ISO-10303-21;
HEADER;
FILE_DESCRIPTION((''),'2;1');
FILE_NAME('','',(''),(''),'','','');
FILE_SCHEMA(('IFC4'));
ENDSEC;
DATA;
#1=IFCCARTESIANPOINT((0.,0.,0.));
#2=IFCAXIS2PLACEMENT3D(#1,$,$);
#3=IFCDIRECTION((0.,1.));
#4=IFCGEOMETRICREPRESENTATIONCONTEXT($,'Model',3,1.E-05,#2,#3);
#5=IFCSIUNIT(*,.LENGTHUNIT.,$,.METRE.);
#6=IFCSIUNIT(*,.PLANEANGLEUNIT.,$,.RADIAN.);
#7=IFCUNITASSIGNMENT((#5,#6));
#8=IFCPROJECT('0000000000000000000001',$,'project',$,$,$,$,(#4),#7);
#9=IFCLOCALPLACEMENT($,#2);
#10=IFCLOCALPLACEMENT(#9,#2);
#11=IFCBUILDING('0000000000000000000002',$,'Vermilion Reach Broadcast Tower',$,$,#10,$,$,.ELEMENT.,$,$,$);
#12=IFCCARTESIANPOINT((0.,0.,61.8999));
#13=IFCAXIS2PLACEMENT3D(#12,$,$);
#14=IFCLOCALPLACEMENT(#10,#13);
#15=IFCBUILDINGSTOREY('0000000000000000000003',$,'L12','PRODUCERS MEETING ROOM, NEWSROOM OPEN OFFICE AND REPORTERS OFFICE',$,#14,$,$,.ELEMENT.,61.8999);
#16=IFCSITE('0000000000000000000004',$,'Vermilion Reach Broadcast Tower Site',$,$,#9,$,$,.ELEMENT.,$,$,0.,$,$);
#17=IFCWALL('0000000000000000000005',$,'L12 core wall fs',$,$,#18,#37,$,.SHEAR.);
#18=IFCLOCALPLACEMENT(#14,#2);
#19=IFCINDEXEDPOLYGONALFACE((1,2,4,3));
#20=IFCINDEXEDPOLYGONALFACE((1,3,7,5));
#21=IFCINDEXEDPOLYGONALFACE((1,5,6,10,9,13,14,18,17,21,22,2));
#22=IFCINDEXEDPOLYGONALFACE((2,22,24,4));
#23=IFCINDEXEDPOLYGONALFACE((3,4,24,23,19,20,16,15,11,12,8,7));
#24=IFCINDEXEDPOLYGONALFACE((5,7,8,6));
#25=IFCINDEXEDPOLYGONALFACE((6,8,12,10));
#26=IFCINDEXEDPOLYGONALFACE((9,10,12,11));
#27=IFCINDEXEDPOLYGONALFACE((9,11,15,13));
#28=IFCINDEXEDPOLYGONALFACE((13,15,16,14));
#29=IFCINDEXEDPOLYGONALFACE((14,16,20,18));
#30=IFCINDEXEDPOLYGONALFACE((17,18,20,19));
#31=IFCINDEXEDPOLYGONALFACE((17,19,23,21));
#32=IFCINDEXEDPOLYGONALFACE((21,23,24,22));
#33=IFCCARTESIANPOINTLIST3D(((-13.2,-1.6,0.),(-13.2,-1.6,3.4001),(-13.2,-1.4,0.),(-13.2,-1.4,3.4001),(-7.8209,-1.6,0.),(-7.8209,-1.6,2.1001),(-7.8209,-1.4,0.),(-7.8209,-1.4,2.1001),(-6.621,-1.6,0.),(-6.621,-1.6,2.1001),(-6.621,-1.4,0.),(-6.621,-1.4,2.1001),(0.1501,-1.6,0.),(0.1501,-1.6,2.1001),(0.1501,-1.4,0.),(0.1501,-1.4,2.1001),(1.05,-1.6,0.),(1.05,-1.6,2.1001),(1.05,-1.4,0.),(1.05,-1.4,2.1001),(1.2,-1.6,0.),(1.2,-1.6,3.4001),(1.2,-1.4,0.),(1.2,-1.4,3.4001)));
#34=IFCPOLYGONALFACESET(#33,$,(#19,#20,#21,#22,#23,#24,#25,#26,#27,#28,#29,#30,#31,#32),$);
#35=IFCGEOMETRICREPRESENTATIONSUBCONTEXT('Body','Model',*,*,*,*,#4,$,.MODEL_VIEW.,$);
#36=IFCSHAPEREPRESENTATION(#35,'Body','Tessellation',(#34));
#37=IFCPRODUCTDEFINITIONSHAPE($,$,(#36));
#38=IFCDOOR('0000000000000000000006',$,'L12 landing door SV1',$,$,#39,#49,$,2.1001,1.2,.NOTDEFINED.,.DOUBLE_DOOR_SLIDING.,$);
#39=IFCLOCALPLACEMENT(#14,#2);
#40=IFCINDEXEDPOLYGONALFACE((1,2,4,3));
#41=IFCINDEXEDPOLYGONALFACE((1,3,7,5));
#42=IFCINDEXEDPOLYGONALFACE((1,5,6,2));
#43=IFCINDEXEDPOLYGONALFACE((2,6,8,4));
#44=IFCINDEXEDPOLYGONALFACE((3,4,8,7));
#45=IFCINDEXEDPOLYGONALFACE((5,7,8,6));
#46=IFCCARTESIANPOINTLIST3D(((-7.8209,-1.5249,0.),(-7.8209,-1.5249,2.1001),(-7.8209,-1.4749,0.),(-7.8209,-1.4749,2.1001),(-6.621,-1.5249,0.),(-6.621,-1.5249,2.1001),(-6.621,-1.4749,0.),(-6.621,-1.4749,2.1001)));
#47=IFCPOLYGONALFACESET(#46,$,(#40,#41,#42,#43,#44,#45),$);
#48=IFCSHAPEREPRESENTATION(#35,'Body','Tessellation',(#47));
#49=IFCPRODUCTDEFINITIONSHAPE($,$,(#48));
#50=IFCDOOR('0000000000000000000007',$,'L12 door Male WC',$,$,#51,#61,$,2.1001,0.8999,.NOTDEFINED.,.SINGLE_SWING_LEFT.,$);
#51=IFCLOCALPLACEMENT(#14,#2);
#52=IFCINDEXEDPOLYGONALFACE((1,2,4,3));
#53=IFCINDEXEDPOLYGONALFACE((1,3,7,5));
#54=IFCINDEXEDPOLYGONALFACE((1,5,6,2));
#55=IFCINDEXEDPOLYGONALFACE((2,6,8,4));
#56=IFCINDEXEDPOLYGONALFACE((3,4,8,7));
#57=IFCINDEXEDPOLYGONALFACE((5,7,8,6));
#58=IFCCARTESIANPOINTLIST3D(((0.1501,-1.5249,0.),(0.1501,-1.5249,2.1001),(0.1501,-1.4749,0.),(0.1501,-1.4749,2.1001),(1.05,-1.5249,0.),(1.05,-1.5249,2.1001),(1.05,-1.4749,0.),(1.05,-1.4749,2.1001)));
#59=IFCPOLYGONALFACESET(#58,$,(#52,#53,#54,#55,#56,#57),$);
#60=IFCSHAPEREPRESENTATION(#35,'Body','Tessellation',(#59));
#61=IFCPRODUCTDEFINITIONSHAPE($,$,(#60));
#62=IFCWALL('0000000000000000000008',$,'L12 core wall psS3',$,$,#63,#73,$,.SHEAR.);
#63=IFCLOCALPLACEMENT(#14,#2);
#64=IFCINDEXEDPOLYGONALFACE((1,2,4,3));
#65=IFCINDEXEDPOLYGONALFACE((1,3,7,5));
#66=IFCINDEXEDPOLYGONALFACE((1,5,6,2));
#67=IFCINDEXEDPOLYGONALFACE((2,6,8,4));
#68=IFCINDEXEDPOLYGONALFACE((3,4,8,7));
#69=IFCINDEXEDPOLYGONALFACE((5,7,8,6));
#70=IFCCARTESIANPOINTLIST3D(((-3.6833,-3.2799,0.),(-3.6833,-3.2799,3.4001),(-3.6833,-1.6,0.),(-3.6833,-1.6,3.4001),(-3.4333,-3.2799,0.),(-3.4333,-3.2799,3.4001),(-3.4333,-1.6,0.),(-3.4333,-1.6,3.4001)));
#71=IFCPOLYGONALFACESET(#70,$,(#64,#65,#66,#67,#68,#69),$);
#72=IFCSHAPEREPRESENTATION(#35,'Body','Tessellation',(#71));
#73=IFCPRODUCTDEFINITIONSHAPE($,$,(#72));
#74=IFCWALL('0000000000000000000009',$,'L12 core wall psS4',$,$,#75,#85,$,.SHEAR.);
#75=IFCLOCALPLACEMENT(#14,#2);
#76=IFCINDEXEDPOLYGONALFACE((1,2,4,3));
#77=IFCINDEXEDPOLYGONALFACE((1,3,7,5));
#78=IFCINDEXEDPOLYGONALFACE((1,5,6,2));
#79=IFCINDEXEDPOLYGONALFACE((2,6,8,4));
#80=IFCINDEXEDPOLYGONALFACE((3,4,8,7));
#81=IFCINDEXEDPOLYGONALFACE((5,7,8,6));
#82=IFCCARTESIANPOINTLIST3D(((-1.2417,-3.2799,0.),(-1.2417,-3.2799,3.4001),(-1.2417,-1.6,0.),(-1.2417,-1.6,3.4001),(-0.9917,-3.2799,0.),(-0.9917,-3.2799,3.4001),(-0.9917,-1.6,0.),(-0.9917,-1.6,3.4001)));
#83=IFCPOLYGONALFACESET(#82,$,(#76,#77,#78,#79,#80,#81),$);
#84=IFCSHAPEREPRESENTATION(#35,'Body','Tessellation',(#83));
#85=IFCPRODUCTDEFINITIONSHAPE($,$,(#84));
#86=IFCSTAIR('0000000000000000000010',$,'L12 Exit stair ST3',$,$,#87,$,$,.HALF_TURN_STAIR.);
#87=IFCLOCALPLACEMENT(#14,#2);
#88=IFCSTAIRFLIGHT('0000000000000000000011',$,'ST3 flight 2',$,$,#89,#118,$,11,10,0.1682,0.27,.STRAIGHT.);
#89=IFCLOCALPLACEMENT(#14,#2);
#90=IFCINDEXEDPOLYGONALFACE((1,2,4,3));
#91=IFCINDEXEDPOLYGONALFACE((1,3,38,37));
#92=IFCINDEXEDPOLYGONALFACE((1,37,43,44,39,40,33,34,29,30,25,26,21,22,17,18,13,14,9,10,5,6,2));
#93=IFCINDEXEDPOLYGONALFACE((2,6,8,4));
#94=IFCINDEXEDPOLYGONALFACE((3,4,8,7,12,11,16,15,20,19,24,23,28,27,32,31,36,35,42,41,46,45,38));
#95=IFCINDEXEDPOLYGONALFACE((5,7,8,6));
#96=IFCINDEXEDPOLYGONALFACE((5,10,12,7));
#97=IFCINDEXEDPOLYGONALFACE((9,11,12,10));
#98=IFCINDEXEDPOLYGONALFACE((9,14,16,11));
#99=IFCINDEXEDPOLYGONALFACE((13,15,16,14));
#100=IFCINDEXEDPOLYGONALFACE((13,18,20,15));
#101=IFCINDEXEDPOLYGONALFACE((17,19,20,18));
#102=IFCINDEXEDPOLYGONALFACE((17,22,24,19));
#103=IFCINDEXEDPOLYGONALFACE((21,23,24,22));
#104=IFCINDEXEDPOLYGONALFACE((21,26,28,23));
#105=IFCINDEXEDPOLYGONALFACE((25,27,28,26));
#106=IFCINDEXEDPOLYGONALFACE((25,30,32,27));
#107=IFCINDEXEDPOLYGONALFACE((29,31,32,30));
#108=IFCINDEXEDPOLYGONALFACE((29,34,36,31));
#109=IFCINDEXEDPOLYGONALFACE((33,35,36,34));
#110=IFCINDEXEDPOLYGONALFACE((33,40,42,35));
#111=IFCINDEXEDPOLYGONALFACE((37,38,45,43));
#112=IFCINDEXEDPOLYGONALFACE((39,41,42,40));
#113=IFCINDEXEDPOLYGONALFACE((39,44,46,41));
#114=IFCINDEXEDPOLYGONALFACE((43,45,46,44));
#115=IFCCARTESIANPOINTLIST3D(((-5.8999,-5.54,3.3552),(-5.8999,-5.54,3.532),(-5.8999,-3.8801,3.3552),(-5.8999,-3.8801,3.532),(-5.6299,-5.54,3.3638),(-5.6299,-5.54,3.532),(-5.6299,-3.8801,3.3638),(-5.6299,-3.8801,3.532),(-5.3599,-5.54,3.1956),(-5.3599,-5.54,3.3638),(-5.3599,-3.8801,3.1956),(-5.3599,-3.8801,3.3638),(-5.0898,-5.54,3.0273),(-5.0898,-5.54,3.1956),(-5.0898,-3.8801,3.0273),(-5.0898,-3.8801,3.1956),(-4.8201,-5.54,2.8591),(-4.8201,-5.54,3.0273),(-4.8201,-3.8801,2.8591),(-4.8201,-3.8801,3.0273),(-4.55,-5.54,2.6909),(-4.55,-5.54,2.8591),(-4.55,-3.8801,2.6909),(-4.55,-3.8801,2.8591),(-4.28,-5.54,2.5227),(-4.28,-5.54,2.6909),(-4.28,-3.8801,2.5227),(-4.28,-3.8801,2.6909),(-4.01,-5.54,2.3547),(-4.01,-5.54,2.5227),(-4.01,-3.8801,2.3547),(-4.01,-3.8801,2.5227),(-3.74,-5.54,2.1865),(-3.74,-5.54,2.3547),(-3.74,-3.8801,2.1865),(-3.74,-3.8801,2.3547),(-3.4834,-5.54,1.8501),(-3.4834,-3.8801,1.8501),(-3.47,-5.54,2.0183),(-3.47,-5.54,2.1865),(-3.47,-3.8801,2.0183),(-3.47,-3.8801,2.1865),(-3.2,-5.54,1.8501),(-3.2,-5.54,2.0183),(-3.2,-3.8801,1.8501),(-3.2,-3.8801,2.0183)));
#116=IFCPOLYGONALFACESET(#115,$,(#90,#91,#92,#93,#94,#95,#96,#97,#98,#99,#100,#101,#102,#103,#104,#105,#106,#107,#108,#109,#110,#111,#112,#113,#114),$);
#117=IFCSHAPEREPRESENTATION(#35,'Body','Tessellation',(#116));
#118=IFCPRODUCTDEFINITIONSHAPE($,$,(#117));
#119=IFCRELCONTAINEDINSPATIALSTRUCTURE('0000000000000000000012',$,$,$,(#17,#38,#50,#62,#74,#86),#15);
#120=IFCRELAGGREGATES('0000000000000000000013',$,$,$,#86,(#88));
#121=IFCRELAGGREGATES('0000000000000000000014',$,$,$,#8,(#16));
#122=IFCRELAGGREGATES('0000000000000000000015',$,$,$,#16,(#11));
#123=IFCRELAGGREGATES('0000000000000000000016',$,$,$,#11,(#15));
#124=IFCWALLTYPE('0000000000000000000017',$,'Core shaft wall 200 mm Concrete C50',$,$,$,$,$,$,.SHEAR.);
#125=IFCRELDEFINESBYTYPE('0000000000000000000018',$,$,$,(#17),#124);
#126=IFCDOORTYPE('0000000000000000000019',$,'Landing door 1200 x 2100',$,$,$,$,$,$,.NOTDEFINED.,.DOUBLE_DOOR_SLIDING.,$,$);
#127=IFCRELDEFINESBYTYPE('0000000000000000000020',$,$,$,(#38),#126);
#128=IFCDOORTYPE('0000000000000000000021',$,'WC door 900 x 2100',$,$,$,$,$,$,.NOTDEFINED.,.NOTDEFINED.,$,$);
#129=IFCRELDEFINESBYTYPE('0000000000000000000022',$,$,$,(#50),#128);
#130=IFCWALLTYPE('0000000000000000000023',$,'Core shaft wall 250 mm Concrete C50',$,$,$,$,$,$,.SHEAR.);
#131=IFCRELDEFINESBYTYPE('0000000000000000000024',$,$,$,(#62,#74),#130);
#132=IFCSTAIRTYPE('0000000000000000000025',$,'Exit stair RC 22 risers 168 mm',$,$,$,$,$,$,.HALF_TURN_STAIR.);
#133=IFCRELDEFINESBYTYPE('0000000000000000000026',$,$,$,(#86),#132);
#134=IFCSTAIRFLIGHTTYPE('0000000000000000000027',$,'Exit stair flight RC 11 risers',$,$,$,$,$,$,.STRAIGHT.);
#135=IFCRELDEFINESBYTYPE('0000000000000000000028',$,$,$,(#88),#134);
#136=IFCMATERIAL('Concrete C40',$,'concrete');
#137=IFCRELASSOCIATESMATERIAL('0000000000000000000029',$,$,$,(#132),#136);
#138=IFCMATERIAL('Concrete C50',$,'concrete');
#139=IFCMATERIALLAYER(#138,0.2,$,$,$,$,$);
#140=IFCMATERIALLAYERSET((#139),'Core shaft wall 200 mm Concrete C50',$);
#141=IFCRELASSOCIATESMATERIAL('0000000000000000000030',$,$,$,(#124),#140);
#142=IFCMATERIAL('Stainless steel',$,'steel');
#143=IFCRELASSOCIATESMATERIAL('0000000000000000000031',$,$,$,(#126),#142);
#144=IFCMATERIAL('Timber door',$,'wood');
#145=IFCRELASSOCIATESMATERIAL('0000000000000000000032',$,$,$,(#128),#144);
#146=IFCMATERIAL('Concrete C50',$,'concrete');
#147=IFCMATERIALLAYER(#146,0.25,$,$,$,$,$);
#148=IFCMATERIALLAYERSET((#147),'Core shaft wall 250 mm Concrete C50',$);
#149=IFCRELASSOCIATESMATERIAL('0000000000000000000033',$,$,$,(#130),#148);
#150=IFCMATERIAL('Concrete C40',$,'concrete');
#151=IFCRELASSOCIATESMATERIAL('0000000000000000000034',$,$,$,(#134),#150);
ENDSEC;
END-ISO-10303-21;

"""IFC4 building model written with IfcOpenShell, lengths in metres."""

from ifc_helpers import new_model, si_unit, direction, frame, frame_2d, origin, place, context, subcontext, project, spatial, polyline, rectangle, outline, extrude, material, layer, layer_set, type_object, element, fill, aggregate, save


model = new_model("IFC4")

# Units and contexts
model_context = context("Model", 3, precision=1e-05, world=origin(), true_north=direction((0.0, 1.0)))
body_context = subcontext(model_context, "Body", "Model", "MODEL_VIEW")
ifc_project = project(units=[si_unit("LENGTHUNIT", "METRE"), si_unit("PLANEANGLEUNIT", "RADIAN")], contexts=[model_context])

# Site, building, storey
site_placement = place(None, origin())
site = spatial("IfcSite", under=ifc_project, at=site_placement, Name="Vermilion Reach Broadcast Tower Site", CompositionType="ELEMENT", RefElevation=0.0)
building_placement = place(site_placement, origin())
building = spatial("IfcBuilding", under=site, at=building_placement, Name="Vermilion Reach Broadcast Tower", CompositionType="ELEMENT")
storey_placement = place(building_placement, frame((0.0, 0.0, 61.8999)))
storey = spatial("IfcBuildingStorey", under=building, at=storey_placement, Name="L12", Description="PRODUCERS MEETING ROOM, NEWSROOM OPEN OFFICE AND REPORTERS OFFICE", CompositionType="ELEMENT", Elevation=61.8999)

# Shared definitions
ifc_material_1 = material(Name="Concrete C40", Category="concrete")
stair_type = type_object("IfcStairType", Name="Exit stair RC 22 risers 168 mm", PredefinedType="HALF_TURN_STAIR", material=ifc_material_1)
placement_1 = place(storey_placement, origin())

# Wall, openings, doors
ifc_material_2 = material(Name="Concrete C50", Category="concrete")
ifc_layer_1 = layer(ifc_material_2, 0.2)
ifc_layer_set_1 = layer_set([ifc_layer_1], Name="Core shaft wall 200 mm Concrete C50")
wall_type_1 = type_object("IfcWallType", Name="Core shaft wall 200 mm Concrete C50", PredefinedType="SHEAR", material=ifc_layer_set_1)
wall_1_placement = place(storey_placement, frame((1.2, -1.5, 0.0), z_axis=(0.0, 0.0, 1.0), x_axis=(-1.0, 0.0, 0.0)))
wall_1 = element("IfcWall", 1, at=wall_1_placement, inside=storey, type_object=wall_type_1, Name="L12 core wall fs", PredefinedType="SHEAR", context=body_context, shape_type="SweptSolid", body=[
    extrude(rectangle(XDim=14.3999, YDim=0.2, at=frame_2d((7.2, 0.0))), origin(), (0.0, 0.0, 1.0), 3.4001),
])
opening_1_placement = place(wall_1_placement, frame((7.8208, 0.0, 0.0)))
opening_1 = element("IfcOpeningElement", 2, at=opening_1_placement, cuts=wall_1, PredefinedType="OPENING", context=body_context, shape_type="SweptSolid", body=[
    extrude(rectangle(XDim=1.2, YDim=2.1001, at=frame_2d((0.6001, 1.05))), frame((0.0, 0.1099, 0.0), z_axis=(0.0, -1.0, 0.0), x_axis=(1.0, 0.0, 0.0)), (0.0, 0.0, 1.0), 0.22),
])
opening_2_placement = place(wall_1_placement, frame((0.1499, 0.0, 0.0)))
opening_2 = element("IfcOpeningElement", 3, at=opening_2_placement, cuts=wall_1, PredefinedType="OPENING", context=body_context, shape_type="SweptSolid", body=[
    extrude(rectangle(XDim=0.8999, YDim=2.1001, at=frame_2d((0.45, 1.05))), frame((0.0, 0.1099, 0.0), z_axis=(0.0, -1.0, 0.0), x_axis=(1.0, 0.0, 0.0)), (0.0, 0.0, 1.0), 0.22),
])
ifc_material_3 = material(Name="Stainless steel", Category="steel")
door_type_1 = type_object("IfcDoorType", Name="Landing door 1200 x 2100", OperationType="DOUBLE_DOOR_SLIDING", PredefinedType="NOTDEFINED", material=ifc_material_3)
door_1_placement = place(opening_1_placement, origin())
door_1 = element("IfcDoor", 4, at=door_1_placement, inside=storey, type_object=door_type_1, Name="L12 landing door SV1", OperationType="DOUBLE_DOOR_SLIDING", OverallHeight=2.1001, OverallWidth=1.2, PredefinedType="NOTDEFINED", context=body_context, shape_type="SweptSolid", body=[
    extrude(rectangle(XDim=1.2, YDim=2.1001, at=frame_2d((0.6001, 1.05))), frame((0.0, 0.0249, 0.0), z_axis=(0.0, -1.0, 0.0), x_axis=(1.0, 0.0, 0.0)), (0.0, 0.0, 1.0), 0.05),
])
fill(opening_1, door_1)
ifc_material_4 = material(Name="Timber door", Category="wood")
door_type_2 = type_object("IfcDoorType", Name="WC door 900 x 2100", OperationType="NOTDEFINED", PredefinedType="NOTDEFINED", material=ifc_material_4)
door_2_placement = place(opening_2_placement, origin())
door_2 = element("IfcDoor", 5, at=door_2_placement, inside=storey, type_object=door_type_2, Name="L12 door Male WC", OperationType="SINGLE_SWING_LEFT", OverallHeight=2.1001, OverallWidth=0.8999, PredefinedType="NOTDEFINED", context=body_context, shape_type="SweptSolid", body=[
    extrude(rectangle(XDim=0.8999, YDim=2.1001, at=frame_2d((0.45, 1.05))), frame((0.0, 0.0249, 0.0), z_axis=(0.0, -1.0, 0.0), x_axis=(1.0, 0.0, 0.0)), (0.0, 0.0, 1.0), 0.05),
])
fill(opening_2, door_2)

# Walls
ifc_material_5 = material(Name="Concrete C50", Category="concrete")
ifc_layer_2 = layer(ifc_material_5, 0.25)
ifc_layer_set_2 = layer_set([ifc_layer_2], Name="Core shaft wall 250 mm Concrete C50")
wall_type_2 = type_object("IfcWallType", Name="Core shaft wall 250 mm Concrete C50", PredefinedType="SHEAR", material=ifc_layer_set_2)
for number, where, z_axis, x_axis, name in (
    (6, (-3.5583, -1.6001, 0.0), (0.0, 0.0, 1.0), (0.0, -1.0, 0.0), "L12 core wall psS3"),
    (7, (-1.1167, -1.6001, 0.0), (0.0, 0.0, 1.0), (0.0, -1.0, 0.0), "L12 core wall psS4"),
):
    element("IfcWall", number, at=place(storey_placement, frame(where, z_axis=z_axis, x_axis=x_axis)), inside=storey, type_object=wall_type_2, Name=name, PredefinedType="SHEAR", context=body_context, shape_type="SweptSolid", body=[
        extrude(rectangle(XDim=1.6799, YDim=0.25, at=frame_2d((0.8398, 0.0))), origin(), (0.0, 0.0, 1.0), 3.4001),
    ])

# Stair, stair flight
stair_1 = element("IfcStair", 8, at=placement_1, inside=storey, type_object=stair_type, Name="L12 Exit stair ST3", PredefinedType="HALF_TURN_STAIR")
ifc_material_6 = material(Name="Concrete C40", Category="concrete")
stair_flight_type = type_object("IfcStairFlightType", Name="Exit stair flight RC 11 risers", PredefinedType="STRAIGHT", material=ifc_material_6)
stair_flight_placement = place(storey_placement, frame((-3.2, -4.71, 1.8501), z_axis=(0.0, 0.0, 1.0), x_axis=(-1.0, 0.0, 0.0)))
stair_flight = element("IfcStairFlight", 9, at=stair_flight_placement, type_object=stair_flight_type, Name="ST3 flight 2", NumberOfRisers=11, NumberOfTreads=10, PredefinedType="STRAIGHT", RiserHeight=0.1682, TreadLength=0.27, context=body_context, shape_type="SweptSolid", body=[
    extrude(outline(polyline([(0.0, 0.0), (0.0, 0.1682), (0.27, 0.1682), (0.27, 0.3364), (0.54, 0.3364), (0.54, 0.5046), (0.8101, 0.5046), (0.8101, 0.6726), (1.0801, 0.6726), (1.0801, 0.8408), (1.3501, 0.8408), (1.3501, 1.009), (1.6201, 1.009), (1.6201, 1.1772), (1.8899, 1.1772), (1.8899, 1.3455), (2.1599, 1.3455), (2.1599, 1.5137), (2.4299, 1.5137), (2.4299, 1.6819), (2.7, 1.6819), (2.7, 1.8501), (2.7, 1.5051), (0.2834, 0.0), (0.0, 0.0)])), frame((0.0, 0.8301, 0.0), z_axis=(0.0, -1.0, 0.0), x_axis=(1.0, 0.0, 0.0)), (0.0, 0.0, 1.0), 1.6599),
])
aggregate(stair_1, [stair_flight])

save(model, "model.ifc")
